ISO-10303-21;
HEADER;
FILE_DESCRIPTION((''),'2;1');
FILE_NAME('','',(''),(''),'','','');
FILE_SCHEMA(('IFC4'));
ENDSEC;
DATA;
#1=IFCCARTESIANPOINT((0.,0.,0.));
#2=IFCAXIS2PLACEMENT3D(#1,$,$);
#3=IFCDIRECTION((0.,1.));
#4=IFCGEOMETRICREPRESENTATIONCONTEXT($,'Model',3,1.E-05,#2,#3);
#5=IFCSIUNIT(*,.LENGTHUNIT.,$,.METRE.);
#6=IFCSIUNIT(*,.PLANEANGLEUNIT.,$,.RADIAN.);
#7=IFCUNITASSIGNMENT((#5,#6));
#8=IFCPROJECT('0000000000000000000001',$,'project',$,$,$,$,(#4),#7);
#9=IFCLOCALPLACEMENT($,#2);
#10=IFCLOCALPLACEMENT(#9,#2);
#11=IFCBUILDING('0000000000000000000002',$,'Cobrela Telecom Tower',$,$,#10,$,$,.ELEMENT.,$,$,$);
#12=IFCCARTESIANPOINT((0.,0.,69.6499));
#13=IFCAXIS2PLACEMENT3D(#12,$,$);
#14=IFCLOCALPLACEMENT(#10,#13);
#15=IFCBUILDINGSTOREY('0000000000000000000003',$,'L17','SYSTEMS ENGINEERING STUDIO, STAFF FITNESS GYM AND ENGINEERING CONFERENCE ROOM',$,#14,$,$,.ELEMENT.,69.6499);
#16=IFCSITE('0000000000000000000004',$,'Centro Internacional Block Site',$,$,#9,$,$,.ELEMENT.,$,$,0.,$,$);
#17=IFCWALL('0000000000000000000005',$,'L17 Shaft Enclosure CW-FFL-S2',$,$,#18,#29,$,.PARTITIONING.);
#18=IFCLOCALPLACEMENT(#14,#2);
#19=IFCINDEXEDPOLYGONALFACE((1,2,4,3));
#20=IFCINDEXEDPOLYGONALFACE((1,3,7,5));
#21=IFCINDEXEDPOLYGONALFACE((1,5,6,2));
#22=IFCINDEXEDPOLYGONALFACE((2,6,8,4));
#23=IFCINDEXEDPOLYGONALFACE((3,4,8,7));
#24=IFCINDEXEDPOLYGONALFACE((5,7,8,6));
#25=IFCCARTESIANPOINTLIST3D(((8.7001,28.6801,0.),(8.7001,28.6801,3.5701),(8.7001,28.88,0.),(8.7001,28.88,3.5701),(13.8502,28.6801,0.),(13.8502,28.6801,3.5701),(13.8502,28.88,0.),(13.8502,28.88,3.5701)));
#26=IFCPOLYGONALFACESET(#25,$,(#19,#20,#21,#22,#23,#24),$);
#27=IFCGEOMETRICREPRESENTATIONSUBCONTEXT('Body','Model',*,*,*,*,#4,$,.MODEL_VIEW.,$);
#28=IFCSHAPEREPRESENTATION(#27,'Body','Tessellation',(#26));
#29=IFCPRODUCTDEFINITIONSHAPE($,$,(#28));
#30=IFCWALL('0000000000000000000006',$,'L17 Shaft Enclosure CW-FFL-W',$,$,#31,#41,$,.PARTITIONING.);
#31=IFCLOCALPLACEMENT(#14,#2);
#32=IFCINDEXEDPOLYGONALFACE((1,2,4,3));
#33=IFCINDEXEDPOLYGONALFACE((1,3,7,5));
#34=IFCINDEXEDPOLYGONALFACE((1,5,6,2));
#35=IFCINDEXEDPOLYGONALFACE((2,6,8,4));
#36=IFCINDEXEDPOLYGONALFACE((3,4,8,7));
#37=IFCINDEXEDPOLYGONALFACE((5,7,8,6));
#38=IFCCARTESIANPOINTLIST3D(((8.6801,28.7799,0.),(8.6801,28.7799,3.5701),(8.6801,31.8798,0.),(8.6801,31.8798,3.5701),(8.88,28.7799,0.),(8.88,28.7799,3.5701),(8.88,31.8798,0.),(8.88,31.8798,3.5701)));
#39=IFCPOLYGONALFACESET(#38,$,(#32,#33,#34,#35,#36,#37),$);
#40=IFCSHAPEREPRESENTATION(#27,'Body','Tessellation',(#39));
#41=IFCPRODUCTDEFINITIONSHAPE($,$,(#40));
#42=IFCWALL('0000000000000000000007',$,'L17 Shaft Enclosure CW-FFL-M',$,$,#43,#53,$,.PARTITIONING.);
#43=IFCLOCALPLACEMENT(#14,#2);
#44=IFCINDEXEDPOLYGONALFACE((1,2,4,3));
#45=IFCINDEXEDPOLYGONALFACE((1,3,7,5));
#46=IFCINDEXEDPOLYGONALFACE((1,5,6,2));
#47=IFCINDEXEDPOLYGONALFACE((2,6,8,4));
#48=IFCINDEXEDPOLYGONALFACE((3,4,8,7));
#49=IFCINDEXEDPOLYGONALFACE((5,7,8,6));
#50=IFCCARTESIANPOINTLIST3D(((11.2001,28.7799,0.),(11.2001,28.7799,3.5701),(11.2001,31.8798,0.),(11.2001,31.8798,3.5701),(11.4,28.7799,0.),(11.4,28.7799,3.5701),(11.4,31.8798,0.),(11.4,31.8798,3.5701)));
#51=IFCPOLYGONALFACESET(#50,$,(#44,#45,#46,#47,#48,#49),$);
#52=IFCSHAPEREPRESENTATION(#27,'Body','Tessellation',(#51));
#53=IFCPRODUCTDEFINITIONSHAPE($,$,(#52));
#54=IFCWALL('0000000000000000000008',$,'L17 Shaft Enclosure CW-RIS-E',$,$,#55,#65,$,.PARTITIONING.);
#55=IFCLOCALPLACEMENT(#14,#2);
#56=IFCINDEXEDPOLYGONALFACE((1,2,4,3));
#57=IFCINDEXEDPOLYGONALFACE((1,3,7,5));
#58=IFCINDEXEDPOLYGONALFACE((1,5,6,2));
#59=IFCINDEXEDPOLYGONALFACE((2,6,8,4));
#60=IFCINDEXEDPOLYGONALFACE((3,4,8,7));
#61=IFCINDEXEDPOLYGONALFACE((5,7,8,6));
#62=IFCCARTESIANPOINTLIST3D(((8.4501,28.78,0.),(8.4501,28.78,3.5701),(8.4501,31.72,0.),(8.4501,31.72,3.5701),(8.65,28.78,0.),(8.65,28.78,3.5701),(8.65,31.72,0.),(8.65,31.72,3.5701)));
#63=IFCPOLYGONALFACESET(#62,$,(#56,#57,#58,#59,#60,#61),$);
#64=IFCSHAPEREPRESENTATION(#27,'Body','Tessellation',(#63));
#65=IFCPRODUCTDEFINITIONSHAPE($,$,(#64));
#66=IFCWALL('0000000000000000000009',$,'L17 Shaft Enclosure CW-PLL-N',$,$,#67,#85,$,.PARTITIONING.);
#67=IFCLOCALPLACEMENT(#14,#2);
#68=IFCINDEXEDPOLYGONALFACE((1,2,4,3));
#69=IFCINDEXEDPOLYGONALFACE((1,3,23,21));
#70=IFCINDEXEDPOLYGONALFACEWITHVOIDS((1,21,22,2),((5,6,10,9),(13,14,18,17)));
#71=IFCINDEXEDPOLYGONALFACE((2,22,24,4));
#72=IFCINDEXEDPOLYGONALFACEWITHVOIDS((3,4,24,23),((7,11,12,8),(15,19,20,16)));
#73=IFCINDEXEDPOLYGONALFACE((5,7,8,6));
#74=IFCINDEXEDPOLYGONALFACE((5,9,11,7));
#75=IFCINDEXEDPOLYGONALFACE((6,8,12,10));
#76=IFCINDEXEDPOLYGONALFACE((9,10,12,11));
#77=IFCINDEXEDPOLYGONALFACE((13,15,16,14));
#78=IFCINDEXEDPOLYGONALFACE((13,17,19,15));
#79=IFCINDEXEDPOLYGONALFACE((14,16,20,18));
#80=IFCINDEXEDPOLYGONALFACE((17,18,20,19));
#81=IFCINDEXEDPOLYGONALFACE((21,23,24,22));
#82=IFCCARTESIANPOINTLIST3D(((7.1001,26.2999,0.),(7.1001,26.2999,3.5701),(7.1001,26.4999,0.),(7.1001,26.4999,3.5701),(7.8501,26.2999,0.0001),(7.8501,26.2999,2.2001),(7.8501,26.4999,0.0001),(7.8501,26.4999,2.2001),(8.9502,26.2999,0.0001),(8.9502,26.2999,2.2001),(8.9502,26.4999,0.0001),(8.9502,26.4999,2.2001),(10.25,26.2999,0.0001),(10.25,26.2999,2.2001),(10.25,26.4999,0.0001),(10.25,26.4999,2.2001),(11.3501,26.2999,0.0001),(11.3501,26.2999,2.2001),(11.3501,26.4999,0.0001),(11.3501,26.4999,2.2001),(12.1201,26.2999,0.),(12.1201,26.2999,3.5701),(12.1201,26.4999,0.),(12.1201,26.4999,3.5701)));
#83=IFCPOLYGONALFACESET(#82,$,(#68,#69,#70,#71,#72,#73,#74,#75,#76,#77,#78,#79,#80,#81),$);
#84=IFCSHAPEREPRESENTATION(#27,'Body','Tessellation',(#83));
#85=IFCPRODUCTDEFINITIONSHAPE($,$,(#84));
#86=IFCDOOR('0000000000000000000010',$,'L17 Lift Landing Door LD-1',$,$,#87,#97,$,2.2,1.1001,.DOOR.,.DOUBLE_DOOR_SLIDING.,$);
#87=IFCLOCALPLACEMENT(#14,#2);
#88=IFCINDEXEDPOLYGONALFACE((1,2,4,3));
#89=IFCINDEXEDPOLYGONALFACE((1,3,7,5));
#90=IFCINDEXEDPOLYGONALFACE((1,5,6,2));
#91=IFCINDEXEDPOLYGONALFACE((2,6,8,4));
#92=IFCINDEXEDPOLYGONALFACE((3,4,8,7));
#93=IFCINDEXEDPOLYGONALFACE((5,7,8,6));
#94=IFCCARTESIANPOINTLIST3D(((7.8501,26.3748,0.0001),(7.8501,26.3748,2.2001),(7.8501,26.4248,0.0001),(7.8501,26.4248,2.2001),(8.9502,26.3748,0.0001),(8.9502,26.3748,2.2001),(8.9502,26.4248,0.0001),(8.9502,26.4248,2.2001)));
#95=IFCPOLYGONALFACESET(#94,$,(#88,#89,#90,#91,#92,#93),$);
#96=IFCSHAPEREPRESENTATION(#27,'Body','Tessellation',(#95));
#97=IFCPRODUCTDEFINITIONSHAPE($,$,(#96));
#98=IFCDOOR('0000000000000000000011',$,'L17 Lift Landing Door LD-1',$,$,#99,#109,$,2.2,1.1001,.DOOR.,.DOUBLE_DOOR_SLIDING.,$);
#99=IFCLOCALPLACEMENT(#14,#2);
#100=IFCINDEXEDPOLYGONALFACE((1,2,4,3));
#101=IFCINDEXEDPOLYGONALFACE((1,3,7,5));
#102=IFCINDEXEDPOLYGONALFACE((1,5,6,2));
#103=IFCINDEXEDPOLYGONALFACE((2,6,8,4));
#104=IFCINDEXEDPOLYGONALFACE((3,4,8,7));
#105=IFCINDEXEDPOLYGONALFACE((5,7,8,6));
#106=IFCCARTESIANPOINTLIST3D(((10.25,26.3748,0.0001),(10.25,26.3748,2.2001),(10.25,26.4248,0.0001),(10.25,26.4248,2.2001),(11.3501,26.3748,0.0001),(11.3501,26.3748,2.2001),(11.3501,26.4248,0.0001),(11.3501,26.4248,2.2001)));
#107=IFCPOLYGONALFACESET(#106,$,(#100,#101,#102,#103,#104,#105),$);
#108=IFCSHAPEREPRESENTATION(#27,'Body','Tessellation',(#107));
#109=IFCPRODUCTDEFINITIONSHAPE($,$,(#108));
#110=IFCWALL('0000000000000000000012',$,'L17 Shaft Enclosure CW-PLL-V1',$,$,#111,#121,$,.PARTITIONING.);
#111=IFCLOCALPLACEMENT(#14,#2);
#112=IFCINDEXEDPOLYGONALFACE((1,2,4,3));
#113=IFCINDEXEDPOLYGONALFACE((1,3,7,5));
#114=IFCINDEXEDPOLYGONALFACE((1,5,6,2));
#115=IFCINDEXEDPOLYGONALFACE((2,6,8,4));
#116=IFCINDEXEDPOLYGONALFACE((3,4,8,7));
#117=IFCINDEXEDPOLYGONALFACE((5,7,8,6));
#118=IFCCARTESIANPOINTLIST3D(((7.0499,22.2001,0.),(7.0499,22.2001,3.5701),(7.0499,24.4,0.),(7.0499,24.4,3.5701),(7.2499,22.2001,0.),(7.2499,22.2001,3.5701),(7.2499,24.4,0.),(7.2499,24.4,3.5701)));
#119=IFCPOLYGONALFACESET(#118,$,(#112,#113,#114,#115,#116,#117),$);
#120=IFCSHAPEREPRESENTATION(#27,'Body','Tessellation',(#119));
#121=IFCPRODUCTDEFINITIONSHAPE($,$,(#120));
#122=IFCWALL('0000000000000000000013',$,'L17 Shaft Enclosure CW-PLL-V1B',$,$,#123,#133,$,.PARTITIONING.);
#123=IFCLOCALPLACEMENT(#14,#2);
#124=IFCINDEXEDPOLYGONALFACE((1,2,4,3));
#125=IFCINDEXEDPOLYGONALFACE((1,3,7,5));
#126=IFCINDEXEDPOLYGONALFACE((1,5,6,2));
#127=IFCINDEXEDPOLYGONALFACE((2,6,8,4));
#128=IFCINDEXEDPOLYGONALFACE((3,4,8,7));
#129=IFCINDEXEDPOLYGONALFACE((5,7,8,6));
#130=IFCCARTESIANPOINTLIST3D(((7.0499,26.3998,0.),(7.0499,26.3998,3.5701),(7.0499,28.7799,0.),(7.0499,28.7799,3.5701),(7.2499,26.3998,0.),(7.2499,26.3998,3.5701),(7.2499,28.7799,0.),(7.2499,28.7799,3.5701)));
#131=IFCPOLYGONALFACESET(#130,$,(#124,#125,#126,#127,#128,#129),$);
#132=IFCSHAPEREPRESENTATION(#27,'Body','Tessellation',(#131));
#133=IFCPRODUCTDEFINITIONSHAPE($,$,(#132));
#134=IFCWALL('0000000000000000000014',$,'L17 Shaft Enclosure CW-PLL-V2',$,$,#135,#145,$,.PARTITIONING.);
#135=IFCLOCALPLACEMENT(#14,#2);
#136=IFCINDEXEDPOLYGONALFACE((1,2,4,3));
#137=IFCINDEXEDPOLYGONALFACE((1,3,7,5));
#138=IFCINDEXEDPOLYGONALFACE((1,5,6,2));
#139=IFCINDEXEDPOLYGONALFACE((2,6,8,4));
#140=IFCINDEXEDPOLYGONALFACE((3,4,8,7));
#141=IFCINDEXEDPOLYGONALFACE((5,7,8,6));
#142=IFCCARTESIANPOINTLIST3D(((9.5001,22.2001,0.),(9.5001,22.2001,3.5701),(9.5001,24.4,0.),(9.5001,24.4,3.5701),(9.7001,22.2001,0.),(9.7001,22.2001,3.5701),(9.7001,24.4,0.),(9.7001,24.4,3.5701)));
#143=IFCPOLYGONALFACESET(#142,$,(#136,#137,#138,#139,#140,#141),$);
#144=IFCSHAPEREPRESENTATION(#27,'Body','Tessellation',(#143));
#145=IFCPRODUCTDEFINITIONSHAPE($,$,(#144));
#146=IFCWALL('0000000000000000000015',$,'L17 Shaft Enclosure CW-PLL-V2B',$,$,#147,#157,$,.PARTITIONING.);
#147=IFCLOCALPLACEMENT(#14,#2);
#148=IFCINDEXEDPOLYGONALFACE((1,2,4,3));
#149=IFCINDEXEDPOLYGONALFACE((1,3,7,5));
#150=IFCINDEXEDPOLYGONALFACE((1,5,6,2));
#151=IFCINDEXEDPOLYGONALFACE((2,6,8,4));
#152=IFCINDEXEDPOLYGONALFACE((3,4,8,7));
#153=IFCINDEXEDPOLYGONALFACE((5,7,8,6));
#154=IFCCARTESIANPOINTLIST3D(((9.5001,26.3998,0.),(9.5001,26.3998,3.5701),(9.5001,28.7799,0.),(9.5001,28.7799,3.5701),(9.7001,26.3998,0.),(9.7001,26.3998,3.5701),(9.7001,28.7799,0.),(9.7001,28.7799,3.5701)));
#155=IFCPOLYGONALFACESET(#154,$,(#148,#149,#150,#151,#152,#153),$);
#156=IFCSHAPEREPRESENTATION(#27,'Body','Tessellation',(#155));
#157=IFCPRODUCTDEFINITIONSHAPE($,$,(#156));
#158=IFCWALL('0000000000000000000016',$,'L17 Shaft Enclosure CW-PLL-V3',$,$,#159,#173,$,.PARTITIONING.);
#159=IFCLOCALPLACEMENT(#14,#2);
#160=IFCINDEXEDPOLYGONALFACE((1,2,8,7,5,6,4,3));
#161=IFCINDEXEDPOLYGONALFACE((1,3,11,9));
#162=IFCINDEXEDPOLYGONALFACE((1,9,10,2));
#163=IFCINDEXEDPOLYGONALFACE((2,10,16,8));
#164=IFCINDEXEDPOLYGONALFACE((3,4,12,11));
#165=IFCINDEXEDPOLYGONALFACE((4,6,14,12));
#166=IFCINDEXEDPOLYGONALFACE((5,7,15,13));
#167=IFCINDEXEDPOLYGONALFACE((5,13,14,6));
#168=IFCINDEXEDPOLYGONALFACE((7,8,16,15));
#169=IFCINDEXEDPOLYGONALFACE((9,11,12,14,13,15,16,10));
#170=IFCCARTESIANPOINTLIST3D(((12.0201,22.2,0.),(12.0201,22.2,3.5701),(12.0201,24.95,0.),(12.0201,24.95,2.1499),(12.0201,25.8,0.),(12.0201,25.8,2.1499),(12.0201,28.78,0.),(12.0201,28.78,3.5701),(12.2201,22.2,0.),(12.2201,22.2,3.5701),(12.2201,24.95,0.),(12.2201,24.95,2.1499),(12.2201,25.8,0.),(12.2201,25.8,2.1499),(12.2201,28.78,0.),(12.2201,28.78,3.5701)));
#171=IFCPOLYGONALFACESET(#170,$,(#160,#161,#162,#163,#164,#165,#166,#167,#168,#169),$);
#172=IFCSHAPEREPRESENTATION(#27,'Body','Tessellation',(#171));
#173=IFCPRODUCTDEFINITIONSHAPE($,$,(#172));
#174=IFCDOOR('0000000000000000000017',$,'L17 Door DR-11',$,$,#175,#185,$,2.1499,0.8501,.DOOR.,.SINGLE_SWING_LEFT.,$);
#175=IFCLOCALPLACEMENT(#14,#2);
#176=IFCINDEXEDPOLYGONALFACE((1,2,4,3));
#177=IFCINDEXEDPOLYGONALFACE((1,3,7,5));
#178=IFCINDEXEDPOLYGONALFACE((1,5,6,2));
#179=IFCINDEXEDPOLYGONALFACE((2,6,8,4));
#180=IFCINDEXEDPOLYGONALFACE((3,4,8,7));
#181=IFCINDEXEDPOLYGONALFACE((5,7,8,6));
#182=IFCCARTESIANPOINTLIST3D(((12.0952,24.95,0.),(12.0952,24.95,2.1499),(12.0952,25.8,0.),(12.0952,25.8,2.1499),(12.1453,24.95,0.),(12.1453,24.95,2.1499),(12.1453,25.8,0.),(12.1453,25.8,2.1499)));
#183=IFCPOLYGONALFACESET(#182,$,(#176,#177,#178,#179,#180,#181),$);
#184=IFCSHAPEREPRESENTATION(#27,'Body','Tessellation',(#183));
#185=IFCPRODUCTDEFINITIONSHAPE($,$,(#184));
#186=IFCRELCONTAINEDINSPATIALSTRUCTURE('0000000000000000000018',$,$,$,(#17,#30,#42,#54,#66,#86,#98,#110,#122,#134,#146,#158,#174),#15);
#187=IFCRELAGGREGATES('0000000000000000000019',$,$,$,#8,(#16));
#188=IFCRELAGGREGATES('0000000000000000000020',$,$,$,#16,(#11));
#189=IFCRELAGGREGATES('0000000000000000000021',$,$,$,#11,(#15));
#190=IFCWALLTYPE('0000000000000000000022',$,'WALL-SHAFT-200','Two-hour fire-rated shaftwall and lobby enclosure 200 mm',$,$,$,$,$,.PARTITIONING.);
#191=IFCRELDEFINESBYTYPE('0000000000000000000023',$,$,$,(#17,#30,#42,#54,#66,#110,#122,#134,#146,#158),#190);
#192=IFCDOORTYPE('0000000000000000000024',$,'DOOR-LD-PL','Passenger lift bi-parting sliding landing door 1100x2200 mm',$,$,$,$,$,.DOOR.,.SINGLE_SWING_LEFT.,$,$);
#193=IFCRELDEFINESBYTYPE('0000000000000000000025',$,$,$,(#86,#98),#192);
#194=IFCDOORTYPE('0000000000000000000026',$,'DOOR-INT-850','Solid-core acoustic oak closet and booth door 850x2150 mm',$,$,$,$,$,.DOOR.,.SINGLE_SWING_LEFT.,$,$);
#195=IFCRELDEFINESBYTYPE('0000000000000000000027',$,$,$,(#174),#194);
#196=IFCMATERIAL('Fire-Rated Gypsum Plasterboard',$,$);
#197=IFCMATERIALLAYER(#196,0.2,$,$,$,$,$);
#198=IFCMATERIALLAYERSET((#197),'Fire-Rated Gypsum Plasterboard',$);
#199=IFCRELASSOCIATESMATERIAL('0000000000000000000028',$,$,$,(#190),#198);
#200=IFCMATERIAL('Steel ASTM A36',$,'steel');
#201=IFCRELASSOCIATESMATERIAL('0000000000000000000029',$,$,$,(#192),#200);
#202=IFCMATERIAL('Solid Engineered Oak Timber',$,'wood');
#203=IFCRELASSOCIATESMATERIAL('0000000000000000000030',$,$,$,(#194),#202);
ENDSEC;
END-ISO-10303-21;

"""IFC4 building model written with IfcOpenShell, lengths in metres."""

from ifc_helpers import new_model, si_unit, direction, frame, frame_2d, origin, place, context, subcontext, project, spatial, rectangle, extrude, material, layer, layer_set, type_object, element, fill, save


model = new_model("IFC4")

# Units and contexts
model_context = context("Model", 3, precision=1e-05, world=origin(), true_north=direction((0.0, 1.0)))
body_context = subcontext(model_context, "Body", "Model", "MODEL_VIEW")
ifc_project = project(units=[si_unit("LENGTHUNIT", "METRE"), si_unit("PLANEANGLEUNIT", "RADIAN")], contexts=[model_context])

# Site, building, storey
site_placement = place(None, origin())
site = spatial("IfcSite", under=ifc_project, at=site_placement, Name="Centro Internacional Block Site", CompositionType="ELEMENT", RefElevation=0.0)
building_placement = place(site_placement, origin())
building = spatial("IfcBuilding", under=site, at=building_placement, Name="Cobrela Telecom Tower", CompositionType="ELEMENT")
storey_placement = place(building_placement, frame((0.0, 0.0, 69.6499)))
storey = spatial("IfcBuildingStorey", under=building, at=storey_placement, Name="L17", Description="SYSTEMS ENGINEERING STUDIO, STAFF FITNESS GYM AND ENGINEERING CONFERENCE ROOM", CompositionType="ELEMENT", Elevation=69.6499)

# Shared definitions
ifc_material_1 = material(Name="Steel ASTM A36", Category="steel")

# Shared definitions
ifc_material_2 = material(Name="Fire-Rated Gypsum Plasterboard")

# Shared definitions
ifc_layer_1 = layer(ifc_material_2, 0.2)
ifc_layer_set_1 = layer_set([ifc_layer_1], Name="Fire-Rated Gypsum Plasterboard")
wall_type_1 = type_object("IfcWallType", Name="WALL-SHAFT-200", Description="Two-hour fire-rated shaftwall and lobby enclosure 200 mm", PredefinedType="PARTITIONING", material=ifc_layer_set_1)

# Walls
wall_1_placement = place(storey_placement, frame((8.7, 28.78, 0.0), z_axis=(0.0, 0.0, 1.0), x_axis=(1.0, 0.0, 0.0)))
element("IfcWall", 1, at=wall_1_placement, inside=storey, type_object=wall_type_1, Name="L17 Shaft Enclosure CW-FFL-S2", PredefinedType="PARTITIONING", context=body_context, shape_type="SweptSolid", body=[
    extrude(rectangle(XDim=5.1501, YDim=0.2, at=frame_2d((2.5752, 0.0))), origin(), (0.0, 0.0, 1.0), 3.5701),
])
for number, where, z_axis, x_axis, name in (
    (2, (8.78, 28.78, 0.0), (0.0, 0.0, 1.0), (0.0, 1.0, 0.0), "L17 Shaft Enclosure CW-FFL-W"),
    (3, (11.3, 28.78, 0.0), (0.0, 0.0, 1.0), (0.0, 1.0, 0.0), "L17 Shaft Enclosure CW-FFL-M"),
):
    element("IfcWall", number, at=place(storey_placement, frame(where, z_axis=z_axis, x_axis=x_axis)), inside=storey, type_object=wall_type_1, Name=name, PredefinedType="PARTITIONING", context=body_context, shape_type="SweptSolid", body=[
        extrude(rectangle(XDim=3.0999, YDim=0.2, at=frame_2d((1.5498, 0.0))), origin(), (0.0, 0.0, 1.0), 3.5701),
    ])
wall_2_placement = place(storey_placement, frame((8.55, 28.78, 0.0), z_axis=(0.0, 0.0, 1.0), x_axis=(0.0, 1.0, 0.0)))
element("IfcWall", 4, at=wall_2_placement, inside=storey, type_object=wall_type_1, Name="L17 Shaft Enclosure CW-RIS-E", PredefinedType="PARTITIONING", context=body_context, shape_type="SweptSolid", body=[
    extrude(rectangle(XDim=2.9399, YDim=0.2, at=frame_2d((1.47, 0.0))), origin(), (0.0, 0.0, 1.0), 3.5701),
])

# Wall, openings, doors
wall_3_placement = place(storey_placement, frame((7.1001, 26.3999, 0.0), z_axis=(0.0, 0.0, 1.0), x_axis=(1.0, 0.0, 0.0)))
wall_3 = element("IfcWall", 5, at=wall_3_placement, inside=storey, type_object=wall_type_1, Name="L17 Shaft Enclosure CW-PLL-N", PredefinedType="PARTITIONING", context=body_context, shape_type="SweptSolid", body=[
    extrude(rectangle(XDim=5.02, YDim=0.2, at=frame_2d((2.51, 0.0))), origin(), (0.0, 0.0, 1.0), 3.5701),
])
opening_1_placement = place(wall_3_placement, frame((0.75, 0.0, 0.0)))
opening_1 = element("IfcOpeningElement", 6, at=opening_1_placement, cuts=wall_3, PredefinedType="OPENING", context=body_context, shape_type="SweptSolid", body=[
    extrude(rectangle(XDim=1.1001, YDim=2.2, at=frame_2d((0.55, 1.1001))), frame((0.0, 0.1118, 0.0), z_axis=(0.0, -1.0, 0.0), x_axis=(1.0, 0.0, 0.0)), (0.0, 0.0, 1.0), 0.2239),
])
opening_2_placement = place(wall_3_placement, frame((3.1499, 0.0, 0.0)))
opening_2 = element("IfcOpeningElement", 7, at=opening_2_placement, cuts=wall_3, PredefinedType="OPENING", context=body_context, shape_type="SweptSolid", body=[
    extrude(rectangle(XDim=1.1001, YDim=2.2, at=frame_2d((0.55, 1.1001))), frame((0.0, 0.1118, 0.0), z_axis=(0.0, -1.0, 0.0), x_axis=(1.0, 0.0, 0.0)), (0.0, 0.0, 1.0), 0.2239),
])
door_type_1 = type_object("IfcDoorType", Name="DOOR-LD-PL", Description="Passenger lift bi-parting sliding landing door 1100x2200 mm", OperationType="SINGLE_SWING_LEFT", PredefinedType="DOOR", material=ifc_material_1)
door_1_placement = place(opening_1_placement, origin())
door_1 = element("IfcDoor", 8, at=door_1_placement, inside=storey, type_object=door_type_1, Name="L17 Lift Landing Door LD-1", OperationType="DOUBLE_DOOR_SLIDING", OverallHeight=2.2, OverallWidth=1.1001, PredefinedType="DOOR", context=body_context, shape_type="SweptSolid", body=[
    extrude(rectangle(XDim=1.1001, YDim=2.2, at=frame_2d((0.55, 1.1001))), frame((0.0, 0.0249, 0.0), z_axis=(0.0, -1.0, 0.0), x_axis=(1.0, 0.0, 0.0)), (0.0, 0.0, 1.0), 0.05),
])
fill(opening_1, door_1)
door_2_placement = place(opening_2_placement, origin())
door_2 = element("IfcDoor", 9, at=door_2_placement, inside=storey, type_object=door_type_1, Name="L17 Lift Landing Door LD-1", OperationType="DOUBLE_DOOR_SLIDING", OverallHeight=2.2, OverallWidth=1.1001, PredefinedType="DOOR", context=body_context, shape_type="SweptSolid", body=[
    extrude(rectangle(XDim=1.1001, YDim=2.2, at=frame_2d((0.55, 1.1001))), frame((0.0, 0.0249, 0.0), z_axis=(0.0, -1.0, 0.0), x_axis=(1.0, 0.0, 0.0)), (0.0, 0.0, 1.0), 0.05),
])
fill(opening_2, door_2)

# Walls
wall_4_placement = place(storey_placement, frame((7.1499, 22.2, 0.0), z_axis=(0.0, 0.0, 1.0), x_axis=(0.0, 1.0, 0.0)))
element("IfcWall", 10, at=wall_4_placement, inside=storey, type_object=wall_type_1, Name="L17 Shaft Enclosure CW-PLL-V1", PredefinedType="PARTITIONING", context=body_context, shape_type="SweptSolid", body=[
    extrude(rectangle(XDim=2.2, YDim=0.2, at=frame_2d((1.1001, 0.0))), origin(), (0.0, 0.0, 1.0), 3.5701),
])
wall_5_placement = place(storey_placement, frame((7.1499, 26.3999, 0.0), z_axis=(0.0, 0.0, 1.0), x_axis=(0.0, 1.0, 0.0)))
element("IfcWall", 11, at=wall_5_placement, inside=storey, type_object=wall_type_1, Name="L17 Shaft Enclosure CW-PLL-V1B", PredefinedType="PARTITIONING", context=body_context, shape_type="SweptSolid", body=[
    extrude(rectangle(XDim=2.3801, YDim=0.2, at=frame_2d((1.1899, 0.0))), origin(), (0.0, 0.0, 1.0), 3.5701),
])
wall_6_placement = place(storey_placement, frame((9.6001, 22.2, 0.0), z_axis=(0.0, 0.0, 1.0), x_axis=(0.0, 1.0, 0.0)))
element("IfcWall", 12, at=wall_6_placement, inside=storey, type_object=wall_type_1, Name="L17 Shaft Enclosure CW-PLL-V2", PredefinedType="PARTITIONING", context=body_context, shape_type="SweptSolid", body=[
    extrude(rectangle(XDim=2.2, YDim=0.2, at=frame_2d((1.1001, 0.0))), origin(), (0.0, 0.0, 1.0), 3.5701),
])
wall_7_placement = place(storey_placement, frame((9.6001, 26.3999, 0.0), z_axis=(0.0, 0.0, 1.0), x_axis=(0.0, 1.0, 0.0)))
element("IfcWall", 13, at=wall_7_placement, inside=storey, type_object=wall_type_1, Name="L17 Shaft Enclosure CW-PLL-V2B", PredefinedType="PARTITIONING", context=body_context, shape_type="SweptSolid", body=[
    extrude(rectangle(XDim=2.3801, YDim=0.2, at=frame_2d((1.1899, 0.0))), origin(), (0.0, 0.0, 1.0), 3.5701),
])

# Wall, opening, door
wall_8_placement = place(storey_placement, frame((12.1201, 22.2, 0.0), z_axis=(0.0, 0.0, 1.0), x_axis=(0.0, 1.0, 0.0)))
wall_8 = element("IfcWall", 14, at=wall_8_placement, inside=storey, type_object=wall_type_1, Name="L17 Shaft Enclosure CW-PLL-V3", PredefinedType="PARTITIONING", context=body_context, shape_type="SweptSolid", body=[
    extrude(rectangle(XDim=6.5801, YDim=0.2, at=frame_2d((3.29, 0.0))), origin(), (0.0, 0.0, 1.0), 3.5701),
])
opening_3_placement = place(wall_8_placement, frame((2.75, 0.0, 0.0)))
opening_3 = element("IfcOpeningElement", 15, at=opening_3_placement, cuts=wall_8, PredefinedType="OPENING", context=body_context, shape_type="SweptSolid", body=[
    extrude(rectangle(XDim=0.8501, YDim=2.1499, at=frame_2d((0.425, 1.075))), frame((0.0, 0.1118, 0.0), z_axis=(0.0, -1.0, 0.0), x_axis=(1.0, 0.0, 0.0)), (0.0, 0.0, 1.0), 0.2239),
])
ifc_material_3 = material(Name="Solid Engineered Oak Timber", Category="wood")
door_type_2 = type_object("IfcDoorType", Name="DOOR-INT-850", Description="Solid-core acoustic oak closet and booth door 850x2150 mm", OperationType="SINGLE_SWING_LEFT", PredefinedType="DOOR", material=ifc_material_3)
door_3_placement = place(opening_3_placement, origin())
door_3 = element("IfcDoor", 16, at=door_3_placement, inside=storey, type_object=door_type_2, Name="L17 Door DR-11", OperationType="SINGLE_SWING_LEFT", OverallHeight=2.1499, OverallWidth=0.8501, PredefinedType="DOOR", context=body_context, shape_type="SweptSolid", body=[
    extrude(rectangle(XDim=0.8501, YDim=2.1499, at=frame_2d((0.425, 1.075))), frame((0.0, 0.0249, 0.0), z_axis=(0.0, -1.0, 0.0), x_axis=(1.0, 0.0, 0.0)), (0.0, 0.0, 1.0), 0.05),
])
fill(opening_3, door_3)

save(model, "model.ifc")
